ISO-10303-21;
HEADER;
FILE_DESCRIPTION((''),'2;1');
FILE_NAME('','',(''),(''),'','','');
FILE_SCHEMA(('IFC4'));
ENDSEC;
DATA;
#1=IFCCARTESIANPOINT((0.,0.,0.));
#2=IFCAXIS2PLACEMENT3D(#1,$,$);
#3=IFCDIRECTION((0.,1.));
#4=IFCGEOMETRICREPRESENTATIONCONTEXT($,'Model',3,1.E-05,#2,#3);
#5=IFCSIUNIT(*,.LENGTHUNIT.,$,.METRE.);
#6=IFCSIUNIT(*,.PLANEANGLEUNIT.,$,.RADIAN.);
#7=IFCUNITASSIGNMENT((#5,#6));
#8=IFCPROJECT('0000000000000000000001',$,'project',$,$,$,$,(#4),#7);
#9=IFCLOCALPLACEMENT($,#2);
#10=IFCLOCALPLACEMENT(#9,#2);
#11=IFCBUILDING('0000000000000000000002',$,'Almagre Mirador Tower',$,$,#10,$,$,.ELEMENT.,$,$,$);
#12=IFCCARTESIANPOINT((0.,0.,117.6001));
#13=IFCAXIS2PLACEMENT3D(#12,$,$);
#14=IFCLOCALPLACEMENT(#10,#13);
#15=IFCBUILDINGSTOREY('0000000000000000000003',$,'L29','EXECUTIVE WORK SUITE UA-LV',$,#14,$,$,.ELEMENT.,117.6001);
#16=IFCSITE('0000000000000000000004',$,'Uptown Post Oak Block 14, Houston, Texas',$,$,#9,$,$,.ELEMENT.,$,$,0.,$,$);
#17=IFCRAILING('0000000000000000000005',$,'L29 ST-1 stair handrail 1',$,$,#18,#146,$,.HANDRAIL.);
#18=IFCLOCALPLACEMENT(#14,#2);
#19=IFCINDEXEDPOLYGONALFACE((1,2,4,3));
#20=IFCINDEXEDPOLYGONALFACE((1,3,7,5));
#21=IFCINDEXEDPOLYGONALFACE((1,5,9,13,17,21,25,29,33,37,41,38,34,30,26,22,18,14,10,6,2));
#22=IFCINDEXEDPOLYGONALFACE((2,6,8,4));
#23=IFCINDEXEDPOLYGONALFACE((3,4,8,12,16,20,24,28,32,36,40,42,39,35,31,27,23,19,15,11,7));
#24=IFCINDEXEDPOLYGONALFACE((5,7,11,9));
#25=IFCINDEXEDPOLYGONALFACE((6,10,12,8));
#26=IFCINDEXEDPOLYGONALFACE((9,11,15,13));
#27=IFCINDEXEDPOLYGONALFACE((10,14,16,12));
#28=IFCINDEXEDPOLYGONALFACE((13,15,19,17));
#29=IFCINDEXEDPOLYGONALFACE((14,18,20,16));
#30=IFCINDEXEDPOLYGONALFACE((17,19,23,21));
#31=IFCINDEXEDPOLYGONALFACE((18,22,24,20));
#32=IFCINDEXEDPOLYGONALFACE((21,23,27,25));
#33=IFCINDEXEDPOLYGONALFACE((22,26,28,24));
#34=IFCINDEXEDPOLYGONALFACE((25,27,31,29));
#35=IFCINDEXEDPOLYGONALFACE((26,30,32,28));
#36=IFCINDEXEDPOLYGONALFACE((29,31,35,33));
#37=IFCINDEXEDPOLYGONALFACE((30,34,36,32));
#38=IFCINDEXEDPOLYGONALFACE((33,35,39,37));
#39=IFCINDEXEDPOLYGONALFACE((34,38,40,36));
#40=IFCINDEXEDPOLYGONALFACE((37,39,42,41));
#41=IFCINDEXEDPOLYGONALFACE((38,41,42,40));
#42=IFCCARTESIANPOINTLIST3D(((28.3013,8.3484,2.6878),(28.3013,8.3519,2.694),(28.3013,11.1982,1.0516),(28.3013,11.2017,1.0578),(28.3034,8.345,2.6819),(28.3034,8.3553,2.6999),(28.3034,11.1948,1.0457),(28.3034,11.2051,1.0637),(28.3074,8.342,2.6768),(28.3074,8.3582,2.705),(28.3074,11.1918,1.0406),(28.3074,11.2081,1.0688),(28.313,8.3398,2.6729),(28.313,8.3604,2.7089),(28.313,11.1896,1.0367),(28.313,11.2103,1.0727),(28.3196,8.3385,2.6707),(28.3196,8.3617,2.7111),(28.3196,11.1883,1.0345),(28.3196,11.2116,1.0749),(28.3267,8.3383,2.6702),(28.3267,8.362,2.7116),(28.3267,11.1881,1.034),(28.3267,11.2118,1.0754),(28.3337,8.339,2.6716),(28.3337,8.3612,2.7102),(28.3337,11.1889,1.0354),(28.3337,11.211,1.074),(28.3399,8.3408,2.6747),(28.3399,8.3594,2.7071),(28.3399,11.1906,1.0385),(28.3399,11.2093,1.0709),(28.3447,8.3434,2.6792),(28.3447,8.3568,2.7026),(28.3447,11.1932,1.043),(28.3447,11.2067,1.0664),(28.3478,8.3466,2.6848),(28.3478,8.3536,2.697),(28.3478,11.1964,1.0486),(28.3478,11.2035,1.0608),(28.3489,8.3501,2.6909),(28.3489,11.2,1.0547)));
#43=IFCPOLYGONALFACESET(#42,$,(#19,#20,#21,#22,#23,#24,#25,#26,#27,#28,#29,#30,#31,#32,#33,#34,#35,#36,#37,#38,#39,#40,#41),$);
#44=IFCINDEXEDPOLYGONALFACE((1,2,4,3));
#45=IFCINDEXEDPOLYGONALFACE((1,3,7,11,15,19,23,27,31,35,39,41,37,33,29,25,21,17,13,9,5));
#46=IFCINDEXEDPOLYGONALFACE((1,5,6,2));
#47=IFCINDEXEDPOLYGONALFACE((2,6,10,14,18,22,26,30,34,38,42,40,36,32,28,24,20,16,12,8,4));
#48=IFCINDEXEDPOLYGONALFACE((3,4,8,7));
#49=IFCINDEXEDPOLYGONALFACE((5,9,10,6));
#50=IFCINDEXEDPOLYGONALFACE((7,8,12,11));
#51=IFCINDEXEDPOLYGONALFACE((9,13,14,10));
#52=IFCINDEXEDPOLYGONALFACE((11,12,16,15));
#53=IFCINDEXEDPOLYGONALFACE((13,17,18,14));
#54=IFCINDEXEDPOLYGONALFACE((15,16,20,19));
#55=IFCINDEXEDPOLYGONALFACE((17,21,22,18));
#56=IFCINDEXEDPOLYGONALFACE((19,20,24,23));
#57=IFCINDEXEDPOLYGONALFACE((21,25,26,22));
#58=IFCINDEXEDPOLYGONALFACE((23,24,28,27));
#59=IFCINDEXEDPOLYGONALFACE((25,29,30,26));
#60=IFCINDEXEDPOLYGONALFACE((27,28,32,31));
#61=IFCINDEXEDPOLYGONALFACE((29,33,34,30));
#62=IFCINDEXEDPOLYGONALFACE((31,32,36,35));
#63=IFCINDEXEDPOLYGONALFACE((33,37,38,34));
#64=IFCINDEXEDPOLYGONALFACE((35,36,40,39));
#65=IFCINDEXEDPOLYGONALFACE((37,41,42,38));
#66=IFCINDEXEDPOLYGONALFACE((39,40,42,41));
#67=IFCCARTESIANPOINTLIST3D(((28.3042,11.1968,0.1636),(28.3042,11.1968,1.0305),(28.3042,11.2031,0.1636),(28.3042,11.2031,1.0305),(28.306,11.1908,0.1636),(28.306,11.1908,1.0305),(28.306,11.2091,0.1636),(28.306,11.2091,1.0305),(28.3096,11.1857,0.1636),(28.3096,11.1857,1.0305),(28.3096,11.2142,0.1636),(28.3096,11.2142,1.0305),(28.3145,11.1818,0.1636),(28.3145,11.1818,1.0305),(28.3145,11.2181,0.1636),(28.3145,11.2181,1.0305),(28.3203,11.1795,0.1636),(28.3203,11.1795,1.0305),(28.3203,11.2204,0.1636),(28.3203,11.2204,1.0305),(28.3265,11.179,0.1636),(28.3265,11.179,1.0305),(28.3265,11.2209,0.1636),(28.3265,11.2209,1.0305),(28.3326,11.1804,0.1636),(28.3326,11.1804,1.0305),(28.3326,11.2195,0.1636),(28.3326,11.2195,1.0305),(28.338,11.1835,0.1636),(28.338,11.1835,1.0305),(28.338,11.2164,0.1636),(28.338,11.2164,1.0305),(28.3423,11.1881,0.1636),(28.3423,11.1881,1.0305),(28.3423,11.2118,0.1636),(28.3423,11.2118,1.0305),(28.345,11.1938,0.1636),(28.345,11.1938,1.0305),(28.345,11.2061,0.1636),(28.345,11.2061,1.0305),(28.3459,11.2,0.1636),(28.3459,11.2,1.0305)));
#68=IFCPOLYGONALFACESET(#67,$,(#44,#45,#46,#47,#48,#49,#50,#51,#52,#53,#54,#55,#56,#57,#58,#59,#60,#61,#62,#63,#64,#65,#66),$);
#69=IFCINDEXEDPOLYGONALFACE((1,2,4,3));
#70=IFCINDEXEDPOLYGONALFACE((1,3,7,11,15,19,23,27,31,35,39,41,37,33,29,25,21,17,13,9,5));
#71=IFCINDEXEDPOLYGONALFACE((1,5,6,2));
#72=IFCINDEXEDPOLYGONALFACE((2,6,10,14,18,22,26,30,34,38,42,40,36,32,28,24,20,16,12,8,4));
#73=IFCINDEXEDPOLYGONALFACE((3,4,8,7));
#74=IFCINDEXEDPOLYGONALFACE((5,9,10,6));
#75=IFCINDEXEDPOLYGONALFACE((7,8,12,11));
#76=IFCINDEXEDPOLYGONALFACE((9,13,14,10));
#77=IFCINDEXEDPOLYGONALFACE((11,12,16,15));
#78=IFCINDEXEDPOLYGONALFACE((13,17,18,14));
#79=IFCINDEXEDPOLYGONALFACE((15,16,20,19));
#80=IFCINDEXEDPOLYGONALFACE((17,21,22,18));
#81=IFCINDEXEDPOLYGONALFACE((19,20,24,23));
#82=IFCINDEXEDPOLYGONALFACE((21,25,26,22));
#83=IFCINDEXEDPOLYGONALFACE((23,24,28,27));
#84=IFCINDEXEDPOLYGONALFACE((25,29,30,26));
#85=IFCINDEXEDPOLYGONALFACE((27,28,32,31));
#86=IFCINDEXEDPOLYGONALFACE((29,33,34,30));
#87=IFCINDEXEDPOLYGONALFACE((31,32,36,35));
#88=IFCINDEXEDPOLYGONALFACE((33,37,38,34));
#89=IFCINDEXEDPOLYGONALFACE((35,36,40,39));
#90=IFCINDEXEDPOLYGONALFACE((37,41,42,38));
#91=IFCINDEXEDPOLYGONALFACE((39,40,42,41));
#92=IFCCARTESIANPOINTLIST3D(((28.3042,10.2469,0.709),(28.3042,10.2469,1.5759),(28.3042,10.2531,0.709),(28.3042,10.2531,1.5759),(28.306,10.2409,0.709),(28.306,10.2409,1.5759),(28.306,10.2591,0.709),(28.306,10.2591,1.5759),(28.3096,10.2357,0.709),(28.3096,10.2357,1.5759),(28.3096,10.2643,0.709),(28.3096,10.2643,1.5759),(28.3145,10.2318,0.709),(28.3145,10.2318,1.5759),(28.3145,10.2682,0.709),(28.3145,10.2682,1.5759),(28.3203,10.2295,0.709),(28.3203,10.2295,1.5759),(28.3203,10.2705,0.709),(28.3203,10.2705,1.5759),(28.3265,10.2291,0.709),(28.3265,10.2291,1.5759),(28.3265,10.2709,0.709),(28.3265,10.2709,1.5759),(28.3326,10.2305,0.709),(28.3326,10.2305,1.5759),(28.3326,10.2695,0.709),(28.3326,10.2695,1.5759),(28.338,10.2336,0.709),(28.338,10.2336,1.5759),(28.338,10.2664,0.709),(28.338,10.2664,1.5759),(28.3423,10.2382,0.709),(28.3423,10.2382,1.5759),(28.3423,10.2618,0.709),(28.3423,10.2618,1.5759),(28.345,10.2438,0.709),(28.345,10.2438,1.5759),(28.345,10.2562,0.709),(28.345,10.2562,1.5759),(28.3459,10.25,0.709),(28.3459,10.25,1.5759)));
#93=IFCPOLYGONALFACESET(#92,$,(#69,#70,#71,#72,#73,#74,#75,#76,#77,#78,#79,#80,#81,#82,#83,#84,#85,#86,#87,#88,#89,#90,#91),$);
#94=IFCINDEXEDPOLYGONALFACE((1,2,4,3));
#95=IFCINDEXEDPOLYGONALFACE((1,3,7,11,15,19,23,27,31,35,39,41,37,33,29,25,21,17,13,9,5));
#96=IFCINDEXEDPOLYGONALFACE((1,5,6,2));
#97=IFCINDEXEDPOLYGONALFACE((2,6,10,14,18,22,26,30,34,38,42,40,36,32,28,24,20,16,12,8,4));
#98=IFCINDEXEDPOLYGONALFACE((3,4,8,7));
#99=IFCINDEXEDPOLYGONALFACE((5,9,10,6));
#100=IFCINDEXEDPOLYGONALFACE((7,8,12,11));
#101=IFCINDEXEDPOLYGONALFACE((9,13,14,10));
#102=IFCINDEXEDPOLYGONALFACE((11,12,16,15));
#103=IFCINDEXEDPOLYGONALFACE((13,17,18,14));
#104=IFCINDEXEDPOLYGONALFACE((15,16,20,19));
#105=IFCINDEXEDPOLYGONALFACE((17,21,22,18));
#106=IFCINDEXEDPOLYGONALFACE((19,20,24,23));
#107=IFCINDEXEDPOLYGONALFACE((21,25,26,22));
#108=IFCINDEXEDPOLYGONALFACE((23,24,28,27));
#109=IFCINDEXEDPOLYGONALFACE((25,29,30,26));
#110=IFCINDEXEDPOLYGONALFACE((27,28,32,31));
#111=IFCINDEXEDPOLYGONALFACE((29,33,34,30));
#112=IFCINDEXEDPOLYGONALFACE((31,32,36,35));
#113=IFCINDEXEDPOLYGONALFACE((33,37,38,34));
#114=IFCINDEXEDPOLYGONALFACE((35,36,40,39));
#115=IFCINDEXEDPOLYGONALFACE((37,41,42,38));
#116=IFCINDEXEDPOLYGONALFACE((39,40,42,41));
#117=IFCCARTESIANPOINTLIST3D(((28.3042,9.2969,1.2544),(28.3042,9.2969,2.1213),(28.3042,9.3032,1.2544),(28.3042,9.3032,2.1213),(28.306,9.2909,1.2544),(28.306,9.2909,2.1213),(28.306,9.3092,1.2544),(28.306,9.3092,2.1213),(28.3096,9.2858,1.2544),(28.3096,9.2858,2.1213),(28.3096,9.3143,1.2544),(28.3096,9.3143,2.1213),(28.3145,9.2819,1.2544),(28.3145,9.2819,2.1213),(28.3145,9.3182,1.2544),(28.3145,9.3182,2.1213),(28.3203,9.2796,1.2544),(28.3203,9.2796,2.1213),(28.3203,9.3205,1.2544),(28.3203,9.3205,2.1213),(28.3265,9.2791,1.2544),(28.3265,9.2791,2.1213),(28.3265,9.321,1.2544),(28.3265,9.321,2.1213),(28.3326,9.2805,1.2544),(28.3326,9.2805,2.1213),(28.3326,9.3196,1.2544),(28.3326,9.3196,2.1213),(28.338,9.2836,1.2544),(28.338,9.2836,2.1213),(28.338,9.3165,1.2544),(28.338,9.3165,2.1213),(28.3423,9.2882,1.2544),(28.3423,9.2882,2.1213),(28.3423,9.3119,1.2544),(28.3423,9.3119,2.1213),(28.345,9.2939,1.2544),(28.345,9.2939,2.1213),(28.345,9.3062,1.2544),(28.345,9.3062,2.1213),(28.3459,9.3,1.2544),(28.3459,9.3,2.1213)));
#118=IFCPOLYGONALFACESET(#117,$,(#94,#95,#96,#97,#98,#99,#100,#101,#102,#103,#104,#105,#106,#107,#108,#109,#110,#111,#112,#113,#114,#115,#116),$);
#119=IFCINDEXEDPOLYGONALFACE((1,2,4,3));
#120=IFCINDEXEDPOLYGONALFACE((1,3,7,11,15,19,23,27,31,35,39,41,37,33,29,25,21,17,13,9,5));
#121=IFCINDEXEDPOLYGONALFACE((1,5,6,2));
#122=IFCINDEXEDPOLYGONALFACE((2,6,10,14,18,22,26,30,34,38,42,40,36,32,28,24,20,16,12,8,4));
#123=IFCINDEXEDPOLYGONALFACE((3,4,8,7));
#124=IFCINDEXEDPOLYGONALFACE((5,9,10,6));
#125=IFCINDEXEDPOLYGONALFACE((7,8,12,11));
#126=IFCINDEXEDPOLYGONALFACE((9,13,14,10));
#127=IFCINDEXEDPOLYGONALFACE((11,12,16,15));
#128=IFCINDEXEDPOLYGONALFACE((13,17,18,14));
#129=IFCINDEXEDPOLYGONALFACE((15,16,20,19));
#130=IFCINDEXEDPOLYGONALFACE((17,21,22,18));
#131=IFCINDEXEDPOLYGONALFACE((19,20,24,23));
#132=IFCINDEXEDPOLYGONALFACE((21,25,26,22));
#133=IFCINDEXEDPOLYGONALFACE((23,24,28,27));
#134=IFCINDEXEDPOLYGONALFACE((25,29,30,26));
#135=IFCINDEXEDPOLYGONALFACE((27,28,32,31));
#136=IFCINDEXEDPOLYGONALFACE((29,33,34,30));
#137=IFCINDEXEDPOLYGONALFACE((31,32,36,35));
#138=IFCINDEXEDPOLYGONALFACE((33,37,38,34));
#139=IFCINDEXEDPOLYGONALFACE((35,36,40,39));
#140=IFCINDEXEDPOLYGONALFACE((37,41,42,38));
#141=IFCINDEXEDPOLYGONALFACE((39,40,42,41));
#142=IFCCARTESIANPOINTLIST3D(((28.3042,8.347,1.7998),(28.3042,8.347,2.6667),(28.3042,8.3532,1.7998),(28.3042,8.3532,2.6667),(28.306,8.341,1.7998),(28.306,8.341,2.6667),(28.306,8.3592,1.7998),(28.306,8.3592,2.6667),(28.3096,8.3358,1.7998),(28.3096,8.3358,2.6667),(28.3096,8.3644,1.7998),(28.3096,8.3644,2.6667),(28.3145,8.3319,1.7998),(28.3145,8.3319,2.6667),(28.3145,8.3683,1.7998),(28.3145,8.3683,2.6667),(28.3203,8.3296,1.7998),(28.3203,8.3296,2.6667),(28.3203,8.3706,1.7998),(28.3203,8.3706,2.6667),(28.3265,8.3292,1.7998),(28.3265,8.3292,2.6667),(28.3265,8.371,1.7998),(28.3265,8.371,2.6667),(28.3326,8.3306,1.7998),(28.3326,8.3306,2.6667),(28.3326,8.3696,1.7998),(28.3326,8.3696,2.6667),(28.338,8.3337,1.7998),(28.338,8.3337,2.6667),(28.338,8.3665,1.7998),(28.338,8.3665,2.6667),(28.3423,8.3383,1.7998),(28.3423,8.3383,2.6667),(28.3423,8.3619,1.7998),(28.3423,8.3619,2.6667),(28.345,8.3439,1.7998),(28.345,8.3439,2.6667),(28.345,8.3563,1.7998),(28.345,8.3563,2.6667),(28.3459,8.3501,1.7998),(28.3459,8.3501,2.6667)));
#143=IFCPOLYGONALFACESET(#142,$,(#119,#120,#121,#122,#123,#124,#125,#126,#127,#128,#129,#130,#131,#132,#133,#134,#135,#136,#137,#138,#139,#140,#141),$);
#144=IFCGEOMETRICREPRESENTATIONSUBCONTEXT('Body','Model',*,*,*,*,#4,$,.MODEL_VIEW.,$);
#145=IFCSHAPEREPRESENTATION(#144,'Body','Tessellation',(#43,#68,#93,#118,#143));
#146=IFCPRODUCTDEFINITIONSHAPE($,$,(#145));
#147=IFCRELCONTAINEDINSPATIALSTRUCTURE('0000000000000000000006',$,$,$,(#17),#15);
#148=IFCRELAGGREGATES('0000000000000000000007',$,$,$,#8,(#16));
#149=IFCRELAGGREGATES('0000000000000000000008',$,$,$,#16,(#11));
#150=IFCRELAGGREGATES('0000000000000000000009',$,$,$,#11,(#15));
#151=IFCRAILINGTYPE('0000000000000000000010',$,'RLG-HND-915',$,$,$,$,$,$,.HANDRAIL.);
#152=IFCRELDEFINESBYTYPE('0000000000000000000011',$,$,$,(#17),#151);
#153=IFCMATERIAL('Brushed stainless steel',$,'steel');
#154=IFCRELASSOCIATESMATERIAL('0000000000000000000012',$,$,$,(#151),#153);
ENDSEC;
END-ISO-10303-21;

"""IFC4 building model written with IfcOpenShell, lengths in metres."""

from ifc_helpers import new_model, si_unit, direction, frame, origin, origin_2d, place, context, subcontext, project, spatial, circle, extrude, material, type_object, element, save


model = new_model("IFC4")

# Units and contexts
model_context = context("Model", 3, precision=1e-05, world=origin(), true_north=direction((0.0, 1.0)))
body_context = subcontext(model_context, "Body", "Model", "MODEL_VIEW")
ifc_project = project(units=[si_unit("LENGTHUNIT", "METRE"), si_unit("PLANEANGLEUNIT", "RADIAN")], contexts=[model_context])

# Site, building, storey
site_placement = place(None, origin())
site = spatial("IfcSite", under=ifc_project, at=site_placement, Name="Uptown Post Oak Block 14, Houston, Texas", CompositionType="ELEMENT", RefElevation=0.0)
building_placement = place(site_placement, origin())
building = spatial("IfcBuilding", under=site, at=building_placement, Name="Almagre Mirador Tower", CompositionType="ELEMENT")
storey_placement = place(building_placement, frame((0.0, 0.0, 117.6001)))
storey = spatial("IfcBuildingStorey", under=building, at=storey_placement, Name="L29", Description="EXECUTIVE WORK SUITE UA-LV", CompositionType="ELEMENT", Elevation=117.6001)

# Railing
ifc_material_1 = material(Name="Brushed stainless steel", Category="steel")
railing_type_1 = type_object("IfcRailingType", Name="RLG-HND-915", PredefinedType="HANDRAIL", material=ifc_material_1)
railing_1_placement = place(storey_placement, frame((28.325, 11.2, 0.1636)))
element("IfcRailing", 1, at=railing_1_placement, inside=storey, type_object=railing_type_1, Name="L29 ST-1 stair handrail 1", PredefinedType="HANDRAIL", context=body_context, shape_type="SweptSolid", body=[
    extrude(circle(Radius=0.0239, at=origin_2d()), frame((0.0, 0.0, 0.8911), z_axis=(0.0, -0.867226, 0.497914), x_axis=(1.0, 0.0, 0.0)), (0.0, 0.0, 1.0), 3.2861),
    extrude(circle(Radius=0.021, at=origin_2d()), origin(), (0.0, 0.0, 1.0), 0.8669),
    extrude(circle(Radius=0.021, at=origin_2d()), frame((0.0, -0.95, 0.5454)), (0.0, 0.0, 1.0), 0.8669),
    extrude(circle(Radius=0.021, at=origin_2d()), frame((0.0, -1.8999, 1.0908)), (0.0, 0.0, 1.0), 0.8669),
    extrude(circle(Radius=0.021, at=origin_2d()), frame((0.0, -2.8499, 1.6362)), (0.0, 0.0, 1.0), 0.8669),
])

save(model, "model.ifc")
